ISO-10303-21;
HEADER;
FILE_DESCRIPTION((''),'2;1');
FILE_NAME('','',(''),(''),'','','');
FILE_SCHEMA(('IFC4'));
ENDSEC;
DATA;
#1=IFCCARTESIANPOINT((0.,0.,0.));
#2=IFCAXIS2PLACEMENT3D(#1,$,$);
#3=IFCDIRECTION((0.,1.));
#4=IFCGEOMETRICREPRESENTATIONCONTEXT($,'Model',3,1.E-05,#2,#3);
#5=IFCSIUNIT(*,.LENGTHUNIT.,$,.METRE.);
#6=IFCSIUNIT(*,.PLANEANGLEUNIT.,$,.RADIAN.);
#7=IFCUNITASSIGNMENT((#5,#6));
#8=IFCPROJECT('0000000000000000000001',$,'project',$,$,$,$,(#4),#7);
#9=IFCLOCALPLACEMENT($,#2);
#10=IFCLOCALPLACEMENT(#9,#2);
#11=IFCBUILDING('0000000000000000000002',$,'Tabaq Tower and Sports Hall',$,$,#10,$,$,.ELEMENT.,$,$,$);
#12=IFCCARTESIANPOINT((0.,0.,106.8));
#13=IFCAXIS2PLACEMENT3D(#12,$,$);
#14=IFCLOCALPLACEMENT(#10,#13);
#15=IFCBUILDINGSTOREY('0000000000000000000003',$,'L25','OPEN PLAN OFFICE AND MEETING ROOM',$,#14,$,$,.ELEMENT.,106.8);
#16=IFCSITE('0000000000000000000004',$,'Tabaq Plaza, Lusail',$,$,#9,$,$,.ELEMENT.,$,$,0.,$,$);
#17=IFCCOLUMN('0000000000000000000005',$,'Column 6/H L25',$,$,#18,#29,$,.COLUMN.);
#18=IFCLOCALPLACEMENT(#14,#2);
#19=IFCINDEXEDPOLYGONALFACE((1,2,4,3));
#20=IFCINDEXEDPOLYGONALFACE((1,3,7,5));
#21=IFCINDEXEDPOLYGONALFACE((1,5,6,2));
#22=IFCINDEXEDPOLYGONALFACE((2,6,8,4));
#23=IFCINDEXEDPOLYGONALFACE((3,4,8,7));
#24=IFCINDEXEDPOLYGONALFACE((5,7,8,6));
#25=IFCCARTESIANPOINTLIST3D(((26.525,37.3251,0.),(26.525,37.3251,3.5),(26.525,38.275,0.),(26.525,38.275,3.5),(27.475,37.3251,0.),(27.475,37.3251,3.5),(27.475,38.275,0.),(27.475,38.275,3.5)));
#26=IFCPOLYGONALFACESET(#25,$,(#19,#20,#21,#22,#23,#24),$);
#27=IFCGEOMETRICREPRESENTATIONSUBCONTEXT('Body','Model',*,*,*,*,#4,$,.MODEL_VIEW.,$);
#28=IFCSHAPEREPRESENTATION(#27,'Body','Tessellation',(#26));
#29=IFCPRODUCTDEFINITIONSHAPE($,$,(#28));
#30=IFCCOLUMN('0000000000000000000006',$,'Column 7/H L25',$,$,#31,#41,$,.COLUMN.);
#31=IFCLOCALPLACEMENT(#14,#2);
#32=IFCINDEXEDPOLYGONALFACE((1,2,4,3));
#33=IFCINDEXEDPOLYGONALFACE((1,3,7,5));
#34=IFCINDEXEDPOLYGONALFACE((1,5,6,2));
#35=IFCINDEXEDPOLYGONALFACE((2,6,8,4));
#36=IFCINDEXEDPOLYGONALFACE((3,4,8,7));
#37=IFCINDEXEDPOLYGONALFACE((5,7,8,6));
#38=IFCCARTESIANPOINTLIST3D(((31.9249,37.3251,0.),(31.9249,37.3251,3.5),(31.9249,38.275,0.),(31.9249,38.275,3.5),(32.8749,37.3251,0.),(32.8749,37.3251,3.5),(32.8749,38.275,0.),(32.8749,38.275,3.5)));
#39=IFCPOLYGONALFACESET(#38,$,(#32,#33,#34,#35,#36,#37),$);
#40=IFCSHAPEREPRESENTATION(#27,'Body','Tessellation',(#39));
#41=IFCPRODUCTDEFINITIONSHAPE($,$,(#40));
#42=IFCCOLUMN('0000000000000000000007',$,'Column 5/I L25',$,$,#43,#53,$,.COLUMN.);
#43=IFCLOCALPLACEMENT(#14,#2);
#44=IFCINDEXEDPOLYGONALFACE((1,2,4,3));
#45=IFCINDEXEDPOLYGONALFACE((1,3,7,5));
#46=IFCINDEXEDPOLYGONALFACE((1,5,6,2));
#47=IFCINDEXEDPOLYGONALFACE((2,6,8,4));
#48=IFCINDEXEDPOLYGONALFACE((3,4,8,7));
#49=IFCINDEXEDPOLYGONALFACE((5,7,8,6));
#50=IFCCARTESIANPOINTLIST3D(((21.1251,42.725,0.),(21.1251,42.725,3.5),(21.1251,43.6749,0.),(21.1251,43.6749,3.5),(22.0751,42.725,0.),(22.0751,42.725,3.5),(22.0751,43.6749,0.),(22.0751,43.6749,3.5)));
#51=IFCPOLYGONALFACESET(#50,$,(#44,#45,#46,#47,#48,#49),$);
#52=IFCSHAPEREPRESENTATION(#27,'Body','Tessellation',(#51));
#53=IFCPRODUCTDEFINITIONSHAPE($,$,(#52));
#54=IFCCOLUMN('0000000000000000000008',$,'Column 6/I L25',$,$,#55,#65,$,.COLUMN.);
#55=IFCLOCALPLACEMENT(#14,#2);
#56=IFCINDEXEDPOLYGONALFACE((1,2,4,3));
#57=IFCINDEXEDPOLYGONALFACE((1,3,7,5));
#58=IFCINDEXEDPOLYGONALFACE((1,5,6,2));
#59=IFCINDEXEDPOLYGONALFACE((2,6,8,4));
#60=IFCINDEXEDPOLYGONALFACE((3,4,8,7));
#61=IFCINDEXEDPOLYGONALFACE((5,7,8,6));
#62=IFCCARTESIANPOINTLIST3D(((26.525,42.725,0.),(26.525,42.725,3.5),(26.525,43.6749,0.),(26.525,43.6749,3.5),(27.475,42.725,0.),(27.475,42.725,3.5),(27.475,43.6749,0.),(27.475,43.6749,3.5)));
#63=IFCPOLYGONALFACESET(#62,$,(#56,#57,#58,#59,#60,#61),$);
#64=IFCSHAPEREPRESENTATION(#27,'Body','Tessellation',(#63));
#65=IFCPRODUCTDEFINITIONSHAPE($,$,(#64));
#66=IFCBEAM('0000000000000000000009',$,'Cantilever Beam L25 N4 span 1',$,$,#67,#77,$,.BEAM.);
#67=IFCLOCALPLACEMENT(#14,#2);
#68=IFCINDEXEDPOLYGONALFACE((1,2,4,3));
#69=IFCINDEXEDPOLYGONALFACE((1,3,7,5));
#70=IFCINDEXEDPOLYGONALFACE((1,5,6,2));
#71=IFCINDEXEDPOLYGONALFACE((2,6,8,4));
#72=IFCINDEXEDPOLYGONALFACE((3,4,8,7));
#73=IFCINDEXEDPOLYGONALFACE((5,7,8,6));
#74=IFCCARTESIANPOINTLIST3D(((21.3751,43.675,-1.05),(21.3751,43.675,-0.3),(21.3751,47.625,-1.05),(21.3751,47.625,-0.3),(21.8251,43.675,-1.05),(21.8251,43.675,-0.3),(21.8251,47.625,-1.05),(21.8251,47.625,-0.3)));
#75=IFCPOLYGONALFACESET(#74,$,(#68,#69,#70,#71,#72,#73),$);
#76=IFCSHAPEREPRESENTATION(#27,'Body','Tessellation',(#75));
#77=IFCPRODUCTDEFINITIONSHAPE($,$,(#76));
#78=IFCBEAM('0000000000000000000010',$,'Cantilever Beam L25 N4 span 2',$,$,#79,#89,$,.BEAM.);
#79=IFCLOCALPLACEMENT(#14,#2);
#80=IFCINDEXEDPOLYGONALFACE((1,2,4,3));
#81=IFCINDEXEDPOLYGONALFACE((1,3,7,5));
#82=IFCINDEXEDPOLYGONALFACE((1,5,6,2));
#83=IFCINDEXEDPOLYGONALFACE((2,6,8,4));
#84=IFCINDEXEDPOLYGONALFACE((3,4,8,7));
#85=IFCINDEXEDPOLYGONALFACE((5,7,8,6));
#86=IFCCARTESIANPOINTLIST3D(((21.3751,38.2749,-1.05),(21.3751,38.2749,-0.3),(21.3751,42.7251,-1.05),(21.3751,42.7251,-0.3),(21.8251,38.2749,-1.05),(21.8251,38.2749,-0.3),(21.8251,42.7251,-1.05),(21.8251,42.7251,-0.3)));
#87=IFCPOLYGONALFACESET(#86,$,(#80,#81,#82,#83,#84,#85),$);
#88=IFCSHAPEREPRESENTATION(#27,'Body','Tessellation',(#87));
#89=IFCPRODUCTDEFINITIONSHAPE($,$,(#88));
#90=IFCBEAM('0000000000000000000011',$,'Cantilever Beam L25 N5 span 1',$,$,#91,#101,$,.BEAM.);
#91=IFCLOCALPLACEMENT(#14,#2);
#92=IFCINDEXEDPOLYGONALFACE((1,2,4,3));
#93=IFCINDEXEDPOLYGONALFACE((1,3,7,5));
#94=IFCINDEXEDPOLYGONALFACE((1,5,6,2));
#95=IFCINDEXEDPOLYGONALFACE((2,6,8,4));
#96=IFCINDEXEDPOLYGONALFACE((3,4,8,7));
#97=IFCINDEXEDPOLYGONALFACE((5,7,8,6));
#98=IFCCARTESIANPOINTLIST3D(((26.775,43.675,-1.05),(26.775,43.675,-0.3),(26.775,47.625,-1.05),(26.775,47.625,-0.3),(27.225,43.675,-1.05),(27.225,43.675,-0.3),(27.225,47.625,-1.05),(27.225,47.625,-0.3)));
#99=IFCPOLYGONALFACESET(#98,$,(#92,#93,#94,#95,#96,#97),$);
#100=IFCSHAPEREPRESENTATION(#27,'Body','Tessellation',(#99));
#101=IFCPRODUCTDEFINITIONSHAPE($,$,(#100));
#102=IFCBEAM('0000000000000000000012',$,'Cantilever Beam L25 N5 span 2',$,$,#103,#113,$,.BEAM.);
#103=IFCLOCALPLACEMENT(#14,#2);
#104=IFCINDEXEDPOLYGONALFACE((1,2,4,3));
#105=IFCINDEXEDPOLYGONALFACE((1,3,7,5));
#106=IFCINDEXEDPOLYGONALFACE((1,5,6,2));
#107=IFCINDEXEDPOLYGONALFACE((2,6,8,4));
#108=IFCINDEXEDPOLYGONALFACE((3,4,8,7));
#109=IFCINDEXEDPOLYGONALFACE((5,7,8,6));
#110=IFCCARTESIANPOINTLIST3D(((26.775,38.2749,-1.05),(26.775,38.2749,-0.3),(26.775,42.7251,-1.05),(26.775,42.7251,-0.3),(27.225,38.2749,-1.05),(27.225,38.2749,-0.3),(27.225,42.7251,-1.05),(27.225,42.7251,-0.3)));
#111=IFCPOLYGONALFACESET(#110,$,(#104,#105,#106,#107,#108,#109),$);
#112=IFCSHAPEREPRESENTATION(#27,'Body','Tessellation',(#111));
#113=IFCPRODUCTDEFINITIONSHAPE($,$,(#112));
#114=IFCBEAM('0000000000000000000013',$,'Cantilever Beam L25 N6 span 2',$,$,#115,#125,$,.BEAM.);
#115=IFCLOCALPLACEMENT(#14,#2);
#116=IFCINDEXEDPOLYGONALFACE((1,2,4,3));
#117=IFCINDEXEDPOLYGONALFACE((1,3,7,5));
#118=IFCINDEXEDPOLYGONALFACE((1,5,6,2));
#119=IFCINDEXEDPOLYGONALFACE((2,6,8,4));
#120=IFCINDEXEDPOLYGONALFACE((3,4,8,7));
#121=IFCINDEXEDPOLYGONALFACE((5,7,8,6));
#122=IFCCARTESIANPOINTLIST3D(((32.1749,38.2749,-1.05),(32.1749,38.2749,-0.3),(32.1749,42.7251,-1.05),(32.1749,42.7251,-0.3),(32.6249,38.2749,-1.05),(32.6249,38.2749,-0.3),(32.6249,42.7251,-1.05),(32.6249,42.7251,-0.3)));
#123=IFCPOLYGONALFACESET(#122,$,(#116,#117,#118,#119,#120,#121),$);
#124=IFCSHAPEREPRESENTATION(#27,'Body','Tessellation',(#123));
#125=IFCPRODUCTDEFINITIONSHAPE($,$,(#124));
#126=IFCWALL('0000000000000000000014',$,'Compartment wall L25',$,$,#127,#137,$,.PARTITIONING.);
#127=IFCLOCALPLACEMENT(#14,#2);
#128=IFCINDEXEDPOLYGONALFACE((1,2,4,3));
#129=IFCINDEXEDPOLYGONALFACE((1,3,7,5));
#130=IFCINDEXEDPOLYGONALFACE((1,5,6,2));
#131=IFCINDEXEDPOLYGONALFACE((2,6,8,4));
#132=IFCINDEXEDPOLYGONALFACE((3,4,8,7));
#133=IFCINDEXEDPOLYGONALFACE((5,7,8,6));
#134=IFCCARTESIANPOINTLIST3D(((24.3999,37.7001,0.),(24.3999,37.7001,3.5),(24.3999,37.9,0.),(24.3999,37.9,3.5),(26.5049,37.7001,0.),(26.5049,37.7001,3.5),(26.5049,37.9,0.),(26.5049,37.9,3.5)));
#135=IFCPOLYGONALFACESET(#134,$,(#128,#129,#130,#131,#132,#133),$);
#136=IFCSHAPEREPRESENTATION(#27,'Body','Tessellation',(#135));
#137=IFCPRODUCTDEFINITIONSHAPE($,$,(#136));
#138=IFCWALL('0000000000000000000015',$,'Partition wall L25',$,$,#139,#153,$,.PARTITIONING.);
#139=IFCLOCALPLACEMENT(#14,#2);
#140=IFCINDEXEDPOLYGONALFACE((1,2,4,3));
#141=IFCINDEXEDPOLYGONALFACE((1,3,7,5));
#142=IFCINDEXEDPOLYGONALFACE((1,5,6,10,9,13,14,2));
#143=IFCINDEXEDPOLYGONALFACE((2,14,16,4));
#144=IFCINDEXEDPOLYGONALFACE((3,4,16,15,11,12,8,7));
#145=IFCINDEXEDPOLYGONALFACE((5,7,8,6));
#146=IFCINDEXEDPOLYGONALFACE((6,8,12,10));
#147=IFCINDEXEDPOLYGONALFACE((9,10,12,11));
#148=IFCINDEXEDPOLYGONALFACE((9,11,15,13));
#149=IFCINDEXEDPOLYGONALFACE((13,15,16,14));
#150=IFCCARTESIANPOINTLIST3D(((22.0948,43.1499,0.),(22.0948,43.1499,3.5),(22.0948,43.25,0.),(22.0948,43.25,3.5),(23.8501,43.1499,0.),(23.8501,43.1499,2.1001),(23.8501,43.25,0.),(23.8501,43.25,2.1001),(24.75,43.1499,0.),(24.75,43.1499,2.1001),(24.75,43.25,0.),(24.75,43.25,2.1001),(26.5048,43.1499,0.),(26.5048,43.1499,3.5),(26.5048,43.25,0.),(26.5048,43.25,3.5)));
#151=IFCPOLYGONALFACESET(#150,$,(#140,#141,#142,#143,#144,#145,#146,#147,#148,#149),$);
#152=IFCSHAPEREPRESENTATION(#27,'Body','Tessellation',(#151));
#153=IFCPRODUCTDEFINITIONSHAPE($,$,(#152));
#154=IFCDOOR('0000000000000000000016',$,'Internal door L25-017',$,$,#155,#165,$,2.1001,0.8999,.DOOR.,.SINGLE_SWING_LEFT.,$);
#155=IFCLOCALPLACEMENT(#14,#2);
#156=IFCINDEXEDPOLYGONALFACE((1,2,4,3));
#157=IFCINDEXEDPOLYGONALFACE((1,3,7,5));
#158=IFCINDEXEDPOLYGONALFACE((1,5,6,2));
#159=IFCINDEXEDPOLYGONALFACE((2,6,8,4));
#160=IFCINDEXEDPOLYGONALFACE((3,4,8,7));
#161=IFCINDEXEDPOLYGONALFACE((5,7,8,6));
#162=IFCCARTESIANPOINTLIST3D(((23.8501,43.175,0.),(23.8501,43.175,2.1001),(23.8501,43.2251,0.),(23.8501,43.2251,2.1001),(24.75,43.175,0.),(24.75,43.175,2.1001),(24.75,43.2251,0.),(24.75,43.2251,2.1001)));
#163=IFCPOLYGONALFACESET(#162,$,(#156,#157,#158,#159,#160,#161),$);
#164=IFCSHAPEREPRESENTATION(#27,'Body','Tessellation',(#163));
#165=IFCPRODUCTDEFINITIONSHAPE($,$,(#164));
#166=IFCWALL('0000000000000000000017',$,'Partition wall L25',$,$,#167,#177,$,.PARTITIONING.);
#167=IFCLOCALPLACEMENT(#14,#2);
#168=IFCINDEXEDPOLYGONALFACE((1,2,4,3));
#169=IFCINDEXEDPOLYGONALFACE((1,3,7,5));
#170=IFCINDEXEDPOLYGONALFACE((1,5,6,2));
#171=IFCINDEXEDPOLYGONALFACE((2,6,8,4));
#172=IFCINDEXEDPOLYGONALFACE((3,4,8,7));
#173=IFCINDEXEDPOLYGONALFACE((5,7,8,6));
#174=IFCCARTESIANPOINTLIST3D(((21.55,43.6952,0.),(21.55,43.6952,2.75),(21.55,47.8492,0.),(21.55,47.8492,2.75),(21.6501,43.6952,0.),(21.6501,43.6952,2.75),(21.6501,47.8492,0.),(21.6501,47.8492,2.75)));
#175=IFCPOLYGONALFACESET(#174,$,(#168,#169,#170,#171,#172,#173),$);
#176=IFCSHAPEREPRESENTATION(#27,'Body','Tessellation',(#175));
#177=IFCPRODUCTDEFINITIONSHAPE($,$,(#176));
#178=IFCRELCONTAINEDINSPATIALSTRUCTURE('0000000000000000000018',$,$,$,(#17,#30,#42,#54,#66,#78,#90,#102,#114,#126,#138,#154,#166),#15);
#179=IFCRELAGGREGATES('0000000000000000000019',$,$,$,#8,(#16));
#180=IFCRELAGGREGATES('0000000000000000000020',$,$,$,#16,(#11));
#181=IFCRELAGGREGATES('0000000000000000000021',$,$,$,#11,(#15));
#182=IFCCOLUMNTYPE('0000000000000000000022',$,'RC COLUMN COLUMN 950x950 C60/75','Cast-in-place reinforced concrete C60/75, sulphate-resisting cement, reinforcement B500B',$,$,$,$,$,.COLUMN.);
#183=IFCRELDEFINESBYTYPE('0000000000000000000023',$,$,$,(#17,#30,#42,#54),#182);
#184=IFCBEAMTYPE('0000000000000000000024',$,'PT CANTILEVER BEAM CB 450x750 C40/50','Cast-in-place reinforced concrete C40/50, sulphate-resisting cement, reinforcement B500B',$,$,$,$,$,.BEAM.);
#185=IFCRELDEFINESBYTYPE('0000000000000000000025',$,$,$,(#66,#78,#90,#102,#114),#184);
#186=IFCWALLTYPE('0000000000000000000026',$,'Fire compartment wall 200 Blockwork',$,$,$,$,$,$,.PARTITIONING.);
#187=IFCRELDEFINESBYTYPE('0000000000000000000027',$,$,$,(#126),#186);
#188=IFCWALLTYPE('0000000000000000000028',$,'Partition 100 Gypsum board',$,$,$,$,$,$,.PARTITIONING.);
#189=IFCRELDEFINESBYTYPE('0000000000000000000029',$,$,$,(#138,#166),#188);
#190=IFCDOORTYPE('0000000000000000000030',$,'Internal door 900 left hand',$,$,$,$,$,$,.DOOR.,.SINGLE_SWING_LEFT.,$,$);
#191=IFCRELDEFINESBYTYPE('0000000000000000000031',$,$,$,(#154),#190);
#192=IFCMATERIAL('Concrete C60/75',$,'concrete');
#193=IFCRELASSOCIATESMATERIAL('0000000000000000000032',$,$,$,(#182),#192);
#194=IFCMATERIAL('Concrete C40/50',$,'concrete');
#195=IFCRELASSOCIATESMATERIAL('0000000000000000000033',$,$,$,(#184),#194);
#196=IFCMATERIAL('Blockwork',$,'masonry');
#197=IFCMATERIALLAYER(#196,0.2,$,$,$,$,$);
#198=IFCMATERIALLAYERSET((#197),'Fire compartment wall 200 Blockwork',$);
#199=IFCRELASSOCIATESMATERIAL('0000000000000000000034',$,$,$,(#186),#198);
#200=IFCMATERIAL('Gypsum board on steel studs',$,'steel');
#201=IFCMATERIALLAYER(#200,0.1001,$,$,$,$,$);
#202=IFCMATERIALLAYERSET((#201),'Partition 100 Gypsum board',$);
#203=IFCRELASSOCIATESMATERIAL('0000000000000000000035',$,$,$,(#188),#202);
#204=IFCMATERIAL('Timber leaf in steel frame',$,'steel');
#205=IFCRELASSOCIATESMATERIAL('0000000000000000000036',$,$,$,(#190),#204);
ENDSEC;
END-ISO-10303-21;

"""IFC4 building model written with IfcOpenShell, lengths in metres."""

from ifc_helpers import new_model, si_unit, direction, frame, frame_2d, origin, origin_2d, place, context, subcontext, project, spatial, rectangle, extrude, material, layer, layer_set, material_profile, profile_set, type_object, element, fill, save


model = new_model("IFC4")

# Units and contexts
model_context = context("Model", 3, precision=1e-05, world=origin(), true_north=direction((0.0, 1.0)))
body_context = subcontext(model_context, "Body", "Model", "MODEL_VIEW")
ifc_project = project(units=[si_unit("LENGTHUNIT", "METRE"), si_unit("PLANEANGLEUNIT", "RADIAN")], contexts=[model_context])

# Site, building, storey
site_placement = place(None, origin())
site = spatial("IfcSite", under=ifc_project, at=site_placement, Name="Tabaq Plaza, Lusail", CompositionType="ELEMENT", RefElevation=0.0)
building_placement = place(site_placement, origin())
building = spatial("IfcBuilding", under=site, at=building_placement, Name="Tabaq Tower and Sports Hall", CompositionType="ELEMENT")
storey_placement = place(building_placement, frame((0.0, 0.0, 106.8)))
storey = spatial("IfcBuildingStorey", under=building, at=storey_placement, Name="L25", Description="OPEN PLAN OFFICE AND MEETING ROOM", CompositionType="ELEMENT", Elevation=106.8)

# Columns
ifc_material_1 = material(Name="Concrete C60/75", Category="concrete")
ifc_material_profile_1 = material_profile(ifc_material_1, rectangle(XDim=0.95, YDim=0.95, at=origin_2d()), Name="COLUMN 950x950")
ifc_profile_set_1 = profile_set([ifc_material_profile_1], Name="Concrete C60/75")
column_type = type_object("IfcColumnType", Name="RC COLUMN COLUMN 950x950 C60/75", Description="Cast-in-place reinforced concrete C60/75, sulphate-resisting cement, reinforcement B500B", PredefinedType="COLUMN", material=ifc_profile_set_1)
for number, where, z_axis, x_axis, name in (
    (1, (27.0, 37.8, 0.0), (0.0, 0.0, 1.0), (1.0, 0.0, 0.0), "Column 6/H L25"),
    (2, (32.3999, 37.8, 0.0), (0.0, 0.0, 1.0), (1.0, 0.0, 0.0), "Column 7/H L25"),
    (3, (21.6001, 43.2, 0.0), (0.0, 0.0, 1.0), (1.0, 0.0, 0.0), "Column 5/I L25"),
    (4, (27.0, 43.2, 0.0), (0.0, 0.0, 1.0), (1.0, 0.0, 0.0), "Column 6/I L25"),
):
    element("IfcColumn", number, at=place(storey_placement, frame(where, z_axis=z_axis, x_axis=x_axis)), inside=storey, type_object=column_type, Name=name, PredefinedType="COLUMN", context=body_context, shape_type="SweptSolid", body=[
        extrude(rectangle(XDim=0.95, YDim=0.95, at=origin_2d()), origin(), (0.0, 0.0, 1.0), 3.5),
    ])

# Beams
ifc_material_2 = material(Name="Concrete C40/50", Category="concrete")
ifc_material_profile_2 = material_profile(ifc_material_2, rectangle(XDim=0.45, YDim=0.75, at=origin_2d()), Name="CB 450x750")
ifc_profile_set_2 = profile_set([ifc_material_profile_2], Name="Concrete C40/50")
beam_type = type_object("IfcBeamType", Name="PT CANTILEVER BEAM CB 450x750 C40/50", Description="Cast-in-place reinforced concrete C40/50, sulphate-resisting cement, reinforcement B500B", PredefinedType="BEAM", material=ifc_profile_set_2)
beam_1_placement = place(storey_placement, frame((21.6001, 47.625, -0.675), z_axis=(0.0, -1.0, 0.0), x_axis=(1.0, 0.0, 0.0)))
element("IfcBeam", 5, at=beam_1_placement, inside=storey, type_object=beam_type, Name="Cantilever Beam L25 N4 span 1", PredefinedType="BEAM", context=body_context, shape_type="SweptSolid", body=[
    extrude(rectangle(XDim=0.45, YDim=0.75, at=origin_2d()), origin(), (0.0, 0.0, 1.0), 3.95),
])
beam_2_placement = place(storey_placement, frame((21.6001, 42.7251, -0.675), z_axis=(0.0, -1.0, 0.0), x_axis=(1.0, 0.0, 0.0)))
element("IfcBeam", 6, at=beam_2_placement, inside=storey, type_object=beam_type, Name="Cantilever Beam L25 N4 span 2", PredefinedType="BEAM", context=body_context, shape_type="SweptSolid", body=[
    extrude(rectangle(XDim=0.45, YDim=0.75, at=origin_2d()), origin(), (0.0, 0.0, 1.0), 4.4502),
])
beam_3_placement = place(storey_placement, frame((27.0, 47.625, -0.675), z_axis=(0.0, -1.0, 0.0), x_axis=(1.0, 0.0, 0.0)))
element("IfcBeam", 7, at=beam_3_placement, inside=storey, type_object=beam_type, Name="Cantilever Beam L25 N5 span 1", PredefinedType="BEAM", context=body_context, shape_type="SweptSolid", body=[
    extrude(rectangle(XDim=0.45, YDim=0.75, at=origin_2d()), origin(), (0.0, 0.0, 1.0), 3.95),
])
for number, where, z_axis, x_axis, name in (
    (8, (27.0, 42.7251, -0.675), (0.0, -1.0, 0.0), (1.0, 0.0, 0.0), "Cantilever Beam L25 N5 span 2"),
    (9, (32.3999, 42.7251, -0.675), (0.0, -1.0, 0.0), (1.0, 0.0, 0.0), "Cantilever Beam L25 N6 span 2"),
):
    element("IfcBeam", number, at=place(storey_placement, frame(where, z_axis=z_axis, x_axis=x_axis)), inside=storey, type_object=beam_type, Name=name, PredefinedType="BEAM", context=body_context, shape_type="SweptSolid", body=[
        extrude(rectangle(XDim=0.45, YDim=0.75, at=origin_2d()), origin(), (0.0, 0.0, 1.0), 4.4502),
    ])

# Wall
ifc_material_3 = material(Name="Blockwork", Category="masonry")
ifc_layer_1 = layer(ifc_material_3, 0.2)
ifc_layer_set_1 = layer_set([ifc_layer_1], Name="Fire compartment wall 200 Blockwork")
wall_type_1 = type_object("IfcWallType", Name="Fire compartment wall 200 Blockwork", PredefinedType="PARTITIONING", material=ifc_layer_set_1)
wall_1_placement = place(storey_placement, frame((26.5049, 37.8, 0.0), z_axis=(0.0, 0.0, 1.0), x_axis=(-1.0, 0.0, 0.0)))
element("IfcWall", 10, at=wall_1_placement, inside=storey, type_object=wall_type_1, Name="Compartment wall L25", PredefinedType="PARTITIONING", context=body_context, shape_type="SweptSolid", body=[
    extrude(rectangle(XDim=2.105, YDim=0.2, at=frame_2d((1.0525, 0.0))), origin(), (0.0, 0.0, 1.0), 3.5),
])

# Wall, opening, door
ifc_material_4 = material(Name="Gypsum board on steel studs", Category="steel")
ifc_layer_2 = layer(ifc_material_4, 0.1001)
ifc_layer_set_2 = layer_set([ifc_layer_2], Name="Partition 100 Gypsum board")
wall_type_2 = type_object("IfcWallType", Name="Partition 100 Gypsum board", PredefinedType="PARTITIONING", material=ifc_layer_set_2)
wall_2_placement = place(storey_placement, frame((26.5049, 43.2, 0.0), z_axis=(0.0, 0.0, 1.0), x_axis=(-1.0, 0.0, 0.0)))
wall_2 = element("IfcWall", 11, at=wall_2_placement, inside=storey, type_object=wall_type_2, Name="Partition wall L25", PredefinedType="PARTITIONING", context=body_context, shape_type="SweptSolid", body=[
    extrude(rectangle(XDim=4.4099, YDim=0.1001, at=frame_2d((2.2051, 0.0))), origin(), (0.0, 0.0, 1.0), 3.5),
])
opening_1_placement = place(wall_2_placement, frame((1.7549, 0.0, 0.0)))
opening_1 = element("IfcOpeningElement", 12, at=opening_1_placement, cuts=wall_2, PredefinedType="OPENING", context=body_context, shape_type="SweptSolid", body=[
    extrude(rectangle(XDim=0.8999, YDim=2.1001, at=frame_2d((0.45, 1.05))), frame((0.0, 0.05, 0.0), z_axis=(0.0, -1.0, 0.0), x_axis=(1.0, 0.0, 0.0)), (0.0, 0.0, 1.0), 0.1001),
])
ifc_material_5 = material(Name="Timber leaf in steel frame", Category="steel")
door_type = type_object("IfcDoorType", Name="Internal door 900 left hand", OperationType="SINGLE_SWING_LEFT", PredefinedType="DOOR", material=ifc_material_5)
door_1_placement = place(opening_1_placement, origin())
door_1 = element("IfcDoor", 13, at=door_1_placement, inside=storey, type_object=door_type, Name="Internal door L25-017", OperationType="SINGLE_SWING_LEFT", OverallHeight=2.1001, OverallWidth=0.8999, PredefinedType="DOOR", context=body_context, shape_type="SweptSolid", body=[
    extrude(rectangle(XDim=0.8999, YDim=2.1001, at=frame_2d((0.45, 1.05))), frame((0.0, 0.0249, 0.0), z_axis=(0.0, -1.0, 0.0), x_axis=(1.0, 0.0, 0.0)), (0.0, 0.0, 1.0), 0.05),
])
fill(opening_1, door_1)

# Wall
wall_3_placement = place(storey_placement, frame((21.6001, 43.6951, 0.0), z_axis=(0.0, 0.0, 1.0), x_axis=(0.0, 1.0, 0.0)))
element("IfcWall", 14, at=wall_3_placement, inside=storey, type_object=wall_type_2, Name="Partition wall L25", PredefinedType="PARTITIONING", context=body_context, shape_type="SweptSolid", body=[
    extrude(rectangle(XDim=4.1541, YDim=0.1001, at=frame_2d((2.0771, 0.0))), origin(), (0.0, 0.0, 1.0), 2.75),
])

save(model, "model.ifc")
